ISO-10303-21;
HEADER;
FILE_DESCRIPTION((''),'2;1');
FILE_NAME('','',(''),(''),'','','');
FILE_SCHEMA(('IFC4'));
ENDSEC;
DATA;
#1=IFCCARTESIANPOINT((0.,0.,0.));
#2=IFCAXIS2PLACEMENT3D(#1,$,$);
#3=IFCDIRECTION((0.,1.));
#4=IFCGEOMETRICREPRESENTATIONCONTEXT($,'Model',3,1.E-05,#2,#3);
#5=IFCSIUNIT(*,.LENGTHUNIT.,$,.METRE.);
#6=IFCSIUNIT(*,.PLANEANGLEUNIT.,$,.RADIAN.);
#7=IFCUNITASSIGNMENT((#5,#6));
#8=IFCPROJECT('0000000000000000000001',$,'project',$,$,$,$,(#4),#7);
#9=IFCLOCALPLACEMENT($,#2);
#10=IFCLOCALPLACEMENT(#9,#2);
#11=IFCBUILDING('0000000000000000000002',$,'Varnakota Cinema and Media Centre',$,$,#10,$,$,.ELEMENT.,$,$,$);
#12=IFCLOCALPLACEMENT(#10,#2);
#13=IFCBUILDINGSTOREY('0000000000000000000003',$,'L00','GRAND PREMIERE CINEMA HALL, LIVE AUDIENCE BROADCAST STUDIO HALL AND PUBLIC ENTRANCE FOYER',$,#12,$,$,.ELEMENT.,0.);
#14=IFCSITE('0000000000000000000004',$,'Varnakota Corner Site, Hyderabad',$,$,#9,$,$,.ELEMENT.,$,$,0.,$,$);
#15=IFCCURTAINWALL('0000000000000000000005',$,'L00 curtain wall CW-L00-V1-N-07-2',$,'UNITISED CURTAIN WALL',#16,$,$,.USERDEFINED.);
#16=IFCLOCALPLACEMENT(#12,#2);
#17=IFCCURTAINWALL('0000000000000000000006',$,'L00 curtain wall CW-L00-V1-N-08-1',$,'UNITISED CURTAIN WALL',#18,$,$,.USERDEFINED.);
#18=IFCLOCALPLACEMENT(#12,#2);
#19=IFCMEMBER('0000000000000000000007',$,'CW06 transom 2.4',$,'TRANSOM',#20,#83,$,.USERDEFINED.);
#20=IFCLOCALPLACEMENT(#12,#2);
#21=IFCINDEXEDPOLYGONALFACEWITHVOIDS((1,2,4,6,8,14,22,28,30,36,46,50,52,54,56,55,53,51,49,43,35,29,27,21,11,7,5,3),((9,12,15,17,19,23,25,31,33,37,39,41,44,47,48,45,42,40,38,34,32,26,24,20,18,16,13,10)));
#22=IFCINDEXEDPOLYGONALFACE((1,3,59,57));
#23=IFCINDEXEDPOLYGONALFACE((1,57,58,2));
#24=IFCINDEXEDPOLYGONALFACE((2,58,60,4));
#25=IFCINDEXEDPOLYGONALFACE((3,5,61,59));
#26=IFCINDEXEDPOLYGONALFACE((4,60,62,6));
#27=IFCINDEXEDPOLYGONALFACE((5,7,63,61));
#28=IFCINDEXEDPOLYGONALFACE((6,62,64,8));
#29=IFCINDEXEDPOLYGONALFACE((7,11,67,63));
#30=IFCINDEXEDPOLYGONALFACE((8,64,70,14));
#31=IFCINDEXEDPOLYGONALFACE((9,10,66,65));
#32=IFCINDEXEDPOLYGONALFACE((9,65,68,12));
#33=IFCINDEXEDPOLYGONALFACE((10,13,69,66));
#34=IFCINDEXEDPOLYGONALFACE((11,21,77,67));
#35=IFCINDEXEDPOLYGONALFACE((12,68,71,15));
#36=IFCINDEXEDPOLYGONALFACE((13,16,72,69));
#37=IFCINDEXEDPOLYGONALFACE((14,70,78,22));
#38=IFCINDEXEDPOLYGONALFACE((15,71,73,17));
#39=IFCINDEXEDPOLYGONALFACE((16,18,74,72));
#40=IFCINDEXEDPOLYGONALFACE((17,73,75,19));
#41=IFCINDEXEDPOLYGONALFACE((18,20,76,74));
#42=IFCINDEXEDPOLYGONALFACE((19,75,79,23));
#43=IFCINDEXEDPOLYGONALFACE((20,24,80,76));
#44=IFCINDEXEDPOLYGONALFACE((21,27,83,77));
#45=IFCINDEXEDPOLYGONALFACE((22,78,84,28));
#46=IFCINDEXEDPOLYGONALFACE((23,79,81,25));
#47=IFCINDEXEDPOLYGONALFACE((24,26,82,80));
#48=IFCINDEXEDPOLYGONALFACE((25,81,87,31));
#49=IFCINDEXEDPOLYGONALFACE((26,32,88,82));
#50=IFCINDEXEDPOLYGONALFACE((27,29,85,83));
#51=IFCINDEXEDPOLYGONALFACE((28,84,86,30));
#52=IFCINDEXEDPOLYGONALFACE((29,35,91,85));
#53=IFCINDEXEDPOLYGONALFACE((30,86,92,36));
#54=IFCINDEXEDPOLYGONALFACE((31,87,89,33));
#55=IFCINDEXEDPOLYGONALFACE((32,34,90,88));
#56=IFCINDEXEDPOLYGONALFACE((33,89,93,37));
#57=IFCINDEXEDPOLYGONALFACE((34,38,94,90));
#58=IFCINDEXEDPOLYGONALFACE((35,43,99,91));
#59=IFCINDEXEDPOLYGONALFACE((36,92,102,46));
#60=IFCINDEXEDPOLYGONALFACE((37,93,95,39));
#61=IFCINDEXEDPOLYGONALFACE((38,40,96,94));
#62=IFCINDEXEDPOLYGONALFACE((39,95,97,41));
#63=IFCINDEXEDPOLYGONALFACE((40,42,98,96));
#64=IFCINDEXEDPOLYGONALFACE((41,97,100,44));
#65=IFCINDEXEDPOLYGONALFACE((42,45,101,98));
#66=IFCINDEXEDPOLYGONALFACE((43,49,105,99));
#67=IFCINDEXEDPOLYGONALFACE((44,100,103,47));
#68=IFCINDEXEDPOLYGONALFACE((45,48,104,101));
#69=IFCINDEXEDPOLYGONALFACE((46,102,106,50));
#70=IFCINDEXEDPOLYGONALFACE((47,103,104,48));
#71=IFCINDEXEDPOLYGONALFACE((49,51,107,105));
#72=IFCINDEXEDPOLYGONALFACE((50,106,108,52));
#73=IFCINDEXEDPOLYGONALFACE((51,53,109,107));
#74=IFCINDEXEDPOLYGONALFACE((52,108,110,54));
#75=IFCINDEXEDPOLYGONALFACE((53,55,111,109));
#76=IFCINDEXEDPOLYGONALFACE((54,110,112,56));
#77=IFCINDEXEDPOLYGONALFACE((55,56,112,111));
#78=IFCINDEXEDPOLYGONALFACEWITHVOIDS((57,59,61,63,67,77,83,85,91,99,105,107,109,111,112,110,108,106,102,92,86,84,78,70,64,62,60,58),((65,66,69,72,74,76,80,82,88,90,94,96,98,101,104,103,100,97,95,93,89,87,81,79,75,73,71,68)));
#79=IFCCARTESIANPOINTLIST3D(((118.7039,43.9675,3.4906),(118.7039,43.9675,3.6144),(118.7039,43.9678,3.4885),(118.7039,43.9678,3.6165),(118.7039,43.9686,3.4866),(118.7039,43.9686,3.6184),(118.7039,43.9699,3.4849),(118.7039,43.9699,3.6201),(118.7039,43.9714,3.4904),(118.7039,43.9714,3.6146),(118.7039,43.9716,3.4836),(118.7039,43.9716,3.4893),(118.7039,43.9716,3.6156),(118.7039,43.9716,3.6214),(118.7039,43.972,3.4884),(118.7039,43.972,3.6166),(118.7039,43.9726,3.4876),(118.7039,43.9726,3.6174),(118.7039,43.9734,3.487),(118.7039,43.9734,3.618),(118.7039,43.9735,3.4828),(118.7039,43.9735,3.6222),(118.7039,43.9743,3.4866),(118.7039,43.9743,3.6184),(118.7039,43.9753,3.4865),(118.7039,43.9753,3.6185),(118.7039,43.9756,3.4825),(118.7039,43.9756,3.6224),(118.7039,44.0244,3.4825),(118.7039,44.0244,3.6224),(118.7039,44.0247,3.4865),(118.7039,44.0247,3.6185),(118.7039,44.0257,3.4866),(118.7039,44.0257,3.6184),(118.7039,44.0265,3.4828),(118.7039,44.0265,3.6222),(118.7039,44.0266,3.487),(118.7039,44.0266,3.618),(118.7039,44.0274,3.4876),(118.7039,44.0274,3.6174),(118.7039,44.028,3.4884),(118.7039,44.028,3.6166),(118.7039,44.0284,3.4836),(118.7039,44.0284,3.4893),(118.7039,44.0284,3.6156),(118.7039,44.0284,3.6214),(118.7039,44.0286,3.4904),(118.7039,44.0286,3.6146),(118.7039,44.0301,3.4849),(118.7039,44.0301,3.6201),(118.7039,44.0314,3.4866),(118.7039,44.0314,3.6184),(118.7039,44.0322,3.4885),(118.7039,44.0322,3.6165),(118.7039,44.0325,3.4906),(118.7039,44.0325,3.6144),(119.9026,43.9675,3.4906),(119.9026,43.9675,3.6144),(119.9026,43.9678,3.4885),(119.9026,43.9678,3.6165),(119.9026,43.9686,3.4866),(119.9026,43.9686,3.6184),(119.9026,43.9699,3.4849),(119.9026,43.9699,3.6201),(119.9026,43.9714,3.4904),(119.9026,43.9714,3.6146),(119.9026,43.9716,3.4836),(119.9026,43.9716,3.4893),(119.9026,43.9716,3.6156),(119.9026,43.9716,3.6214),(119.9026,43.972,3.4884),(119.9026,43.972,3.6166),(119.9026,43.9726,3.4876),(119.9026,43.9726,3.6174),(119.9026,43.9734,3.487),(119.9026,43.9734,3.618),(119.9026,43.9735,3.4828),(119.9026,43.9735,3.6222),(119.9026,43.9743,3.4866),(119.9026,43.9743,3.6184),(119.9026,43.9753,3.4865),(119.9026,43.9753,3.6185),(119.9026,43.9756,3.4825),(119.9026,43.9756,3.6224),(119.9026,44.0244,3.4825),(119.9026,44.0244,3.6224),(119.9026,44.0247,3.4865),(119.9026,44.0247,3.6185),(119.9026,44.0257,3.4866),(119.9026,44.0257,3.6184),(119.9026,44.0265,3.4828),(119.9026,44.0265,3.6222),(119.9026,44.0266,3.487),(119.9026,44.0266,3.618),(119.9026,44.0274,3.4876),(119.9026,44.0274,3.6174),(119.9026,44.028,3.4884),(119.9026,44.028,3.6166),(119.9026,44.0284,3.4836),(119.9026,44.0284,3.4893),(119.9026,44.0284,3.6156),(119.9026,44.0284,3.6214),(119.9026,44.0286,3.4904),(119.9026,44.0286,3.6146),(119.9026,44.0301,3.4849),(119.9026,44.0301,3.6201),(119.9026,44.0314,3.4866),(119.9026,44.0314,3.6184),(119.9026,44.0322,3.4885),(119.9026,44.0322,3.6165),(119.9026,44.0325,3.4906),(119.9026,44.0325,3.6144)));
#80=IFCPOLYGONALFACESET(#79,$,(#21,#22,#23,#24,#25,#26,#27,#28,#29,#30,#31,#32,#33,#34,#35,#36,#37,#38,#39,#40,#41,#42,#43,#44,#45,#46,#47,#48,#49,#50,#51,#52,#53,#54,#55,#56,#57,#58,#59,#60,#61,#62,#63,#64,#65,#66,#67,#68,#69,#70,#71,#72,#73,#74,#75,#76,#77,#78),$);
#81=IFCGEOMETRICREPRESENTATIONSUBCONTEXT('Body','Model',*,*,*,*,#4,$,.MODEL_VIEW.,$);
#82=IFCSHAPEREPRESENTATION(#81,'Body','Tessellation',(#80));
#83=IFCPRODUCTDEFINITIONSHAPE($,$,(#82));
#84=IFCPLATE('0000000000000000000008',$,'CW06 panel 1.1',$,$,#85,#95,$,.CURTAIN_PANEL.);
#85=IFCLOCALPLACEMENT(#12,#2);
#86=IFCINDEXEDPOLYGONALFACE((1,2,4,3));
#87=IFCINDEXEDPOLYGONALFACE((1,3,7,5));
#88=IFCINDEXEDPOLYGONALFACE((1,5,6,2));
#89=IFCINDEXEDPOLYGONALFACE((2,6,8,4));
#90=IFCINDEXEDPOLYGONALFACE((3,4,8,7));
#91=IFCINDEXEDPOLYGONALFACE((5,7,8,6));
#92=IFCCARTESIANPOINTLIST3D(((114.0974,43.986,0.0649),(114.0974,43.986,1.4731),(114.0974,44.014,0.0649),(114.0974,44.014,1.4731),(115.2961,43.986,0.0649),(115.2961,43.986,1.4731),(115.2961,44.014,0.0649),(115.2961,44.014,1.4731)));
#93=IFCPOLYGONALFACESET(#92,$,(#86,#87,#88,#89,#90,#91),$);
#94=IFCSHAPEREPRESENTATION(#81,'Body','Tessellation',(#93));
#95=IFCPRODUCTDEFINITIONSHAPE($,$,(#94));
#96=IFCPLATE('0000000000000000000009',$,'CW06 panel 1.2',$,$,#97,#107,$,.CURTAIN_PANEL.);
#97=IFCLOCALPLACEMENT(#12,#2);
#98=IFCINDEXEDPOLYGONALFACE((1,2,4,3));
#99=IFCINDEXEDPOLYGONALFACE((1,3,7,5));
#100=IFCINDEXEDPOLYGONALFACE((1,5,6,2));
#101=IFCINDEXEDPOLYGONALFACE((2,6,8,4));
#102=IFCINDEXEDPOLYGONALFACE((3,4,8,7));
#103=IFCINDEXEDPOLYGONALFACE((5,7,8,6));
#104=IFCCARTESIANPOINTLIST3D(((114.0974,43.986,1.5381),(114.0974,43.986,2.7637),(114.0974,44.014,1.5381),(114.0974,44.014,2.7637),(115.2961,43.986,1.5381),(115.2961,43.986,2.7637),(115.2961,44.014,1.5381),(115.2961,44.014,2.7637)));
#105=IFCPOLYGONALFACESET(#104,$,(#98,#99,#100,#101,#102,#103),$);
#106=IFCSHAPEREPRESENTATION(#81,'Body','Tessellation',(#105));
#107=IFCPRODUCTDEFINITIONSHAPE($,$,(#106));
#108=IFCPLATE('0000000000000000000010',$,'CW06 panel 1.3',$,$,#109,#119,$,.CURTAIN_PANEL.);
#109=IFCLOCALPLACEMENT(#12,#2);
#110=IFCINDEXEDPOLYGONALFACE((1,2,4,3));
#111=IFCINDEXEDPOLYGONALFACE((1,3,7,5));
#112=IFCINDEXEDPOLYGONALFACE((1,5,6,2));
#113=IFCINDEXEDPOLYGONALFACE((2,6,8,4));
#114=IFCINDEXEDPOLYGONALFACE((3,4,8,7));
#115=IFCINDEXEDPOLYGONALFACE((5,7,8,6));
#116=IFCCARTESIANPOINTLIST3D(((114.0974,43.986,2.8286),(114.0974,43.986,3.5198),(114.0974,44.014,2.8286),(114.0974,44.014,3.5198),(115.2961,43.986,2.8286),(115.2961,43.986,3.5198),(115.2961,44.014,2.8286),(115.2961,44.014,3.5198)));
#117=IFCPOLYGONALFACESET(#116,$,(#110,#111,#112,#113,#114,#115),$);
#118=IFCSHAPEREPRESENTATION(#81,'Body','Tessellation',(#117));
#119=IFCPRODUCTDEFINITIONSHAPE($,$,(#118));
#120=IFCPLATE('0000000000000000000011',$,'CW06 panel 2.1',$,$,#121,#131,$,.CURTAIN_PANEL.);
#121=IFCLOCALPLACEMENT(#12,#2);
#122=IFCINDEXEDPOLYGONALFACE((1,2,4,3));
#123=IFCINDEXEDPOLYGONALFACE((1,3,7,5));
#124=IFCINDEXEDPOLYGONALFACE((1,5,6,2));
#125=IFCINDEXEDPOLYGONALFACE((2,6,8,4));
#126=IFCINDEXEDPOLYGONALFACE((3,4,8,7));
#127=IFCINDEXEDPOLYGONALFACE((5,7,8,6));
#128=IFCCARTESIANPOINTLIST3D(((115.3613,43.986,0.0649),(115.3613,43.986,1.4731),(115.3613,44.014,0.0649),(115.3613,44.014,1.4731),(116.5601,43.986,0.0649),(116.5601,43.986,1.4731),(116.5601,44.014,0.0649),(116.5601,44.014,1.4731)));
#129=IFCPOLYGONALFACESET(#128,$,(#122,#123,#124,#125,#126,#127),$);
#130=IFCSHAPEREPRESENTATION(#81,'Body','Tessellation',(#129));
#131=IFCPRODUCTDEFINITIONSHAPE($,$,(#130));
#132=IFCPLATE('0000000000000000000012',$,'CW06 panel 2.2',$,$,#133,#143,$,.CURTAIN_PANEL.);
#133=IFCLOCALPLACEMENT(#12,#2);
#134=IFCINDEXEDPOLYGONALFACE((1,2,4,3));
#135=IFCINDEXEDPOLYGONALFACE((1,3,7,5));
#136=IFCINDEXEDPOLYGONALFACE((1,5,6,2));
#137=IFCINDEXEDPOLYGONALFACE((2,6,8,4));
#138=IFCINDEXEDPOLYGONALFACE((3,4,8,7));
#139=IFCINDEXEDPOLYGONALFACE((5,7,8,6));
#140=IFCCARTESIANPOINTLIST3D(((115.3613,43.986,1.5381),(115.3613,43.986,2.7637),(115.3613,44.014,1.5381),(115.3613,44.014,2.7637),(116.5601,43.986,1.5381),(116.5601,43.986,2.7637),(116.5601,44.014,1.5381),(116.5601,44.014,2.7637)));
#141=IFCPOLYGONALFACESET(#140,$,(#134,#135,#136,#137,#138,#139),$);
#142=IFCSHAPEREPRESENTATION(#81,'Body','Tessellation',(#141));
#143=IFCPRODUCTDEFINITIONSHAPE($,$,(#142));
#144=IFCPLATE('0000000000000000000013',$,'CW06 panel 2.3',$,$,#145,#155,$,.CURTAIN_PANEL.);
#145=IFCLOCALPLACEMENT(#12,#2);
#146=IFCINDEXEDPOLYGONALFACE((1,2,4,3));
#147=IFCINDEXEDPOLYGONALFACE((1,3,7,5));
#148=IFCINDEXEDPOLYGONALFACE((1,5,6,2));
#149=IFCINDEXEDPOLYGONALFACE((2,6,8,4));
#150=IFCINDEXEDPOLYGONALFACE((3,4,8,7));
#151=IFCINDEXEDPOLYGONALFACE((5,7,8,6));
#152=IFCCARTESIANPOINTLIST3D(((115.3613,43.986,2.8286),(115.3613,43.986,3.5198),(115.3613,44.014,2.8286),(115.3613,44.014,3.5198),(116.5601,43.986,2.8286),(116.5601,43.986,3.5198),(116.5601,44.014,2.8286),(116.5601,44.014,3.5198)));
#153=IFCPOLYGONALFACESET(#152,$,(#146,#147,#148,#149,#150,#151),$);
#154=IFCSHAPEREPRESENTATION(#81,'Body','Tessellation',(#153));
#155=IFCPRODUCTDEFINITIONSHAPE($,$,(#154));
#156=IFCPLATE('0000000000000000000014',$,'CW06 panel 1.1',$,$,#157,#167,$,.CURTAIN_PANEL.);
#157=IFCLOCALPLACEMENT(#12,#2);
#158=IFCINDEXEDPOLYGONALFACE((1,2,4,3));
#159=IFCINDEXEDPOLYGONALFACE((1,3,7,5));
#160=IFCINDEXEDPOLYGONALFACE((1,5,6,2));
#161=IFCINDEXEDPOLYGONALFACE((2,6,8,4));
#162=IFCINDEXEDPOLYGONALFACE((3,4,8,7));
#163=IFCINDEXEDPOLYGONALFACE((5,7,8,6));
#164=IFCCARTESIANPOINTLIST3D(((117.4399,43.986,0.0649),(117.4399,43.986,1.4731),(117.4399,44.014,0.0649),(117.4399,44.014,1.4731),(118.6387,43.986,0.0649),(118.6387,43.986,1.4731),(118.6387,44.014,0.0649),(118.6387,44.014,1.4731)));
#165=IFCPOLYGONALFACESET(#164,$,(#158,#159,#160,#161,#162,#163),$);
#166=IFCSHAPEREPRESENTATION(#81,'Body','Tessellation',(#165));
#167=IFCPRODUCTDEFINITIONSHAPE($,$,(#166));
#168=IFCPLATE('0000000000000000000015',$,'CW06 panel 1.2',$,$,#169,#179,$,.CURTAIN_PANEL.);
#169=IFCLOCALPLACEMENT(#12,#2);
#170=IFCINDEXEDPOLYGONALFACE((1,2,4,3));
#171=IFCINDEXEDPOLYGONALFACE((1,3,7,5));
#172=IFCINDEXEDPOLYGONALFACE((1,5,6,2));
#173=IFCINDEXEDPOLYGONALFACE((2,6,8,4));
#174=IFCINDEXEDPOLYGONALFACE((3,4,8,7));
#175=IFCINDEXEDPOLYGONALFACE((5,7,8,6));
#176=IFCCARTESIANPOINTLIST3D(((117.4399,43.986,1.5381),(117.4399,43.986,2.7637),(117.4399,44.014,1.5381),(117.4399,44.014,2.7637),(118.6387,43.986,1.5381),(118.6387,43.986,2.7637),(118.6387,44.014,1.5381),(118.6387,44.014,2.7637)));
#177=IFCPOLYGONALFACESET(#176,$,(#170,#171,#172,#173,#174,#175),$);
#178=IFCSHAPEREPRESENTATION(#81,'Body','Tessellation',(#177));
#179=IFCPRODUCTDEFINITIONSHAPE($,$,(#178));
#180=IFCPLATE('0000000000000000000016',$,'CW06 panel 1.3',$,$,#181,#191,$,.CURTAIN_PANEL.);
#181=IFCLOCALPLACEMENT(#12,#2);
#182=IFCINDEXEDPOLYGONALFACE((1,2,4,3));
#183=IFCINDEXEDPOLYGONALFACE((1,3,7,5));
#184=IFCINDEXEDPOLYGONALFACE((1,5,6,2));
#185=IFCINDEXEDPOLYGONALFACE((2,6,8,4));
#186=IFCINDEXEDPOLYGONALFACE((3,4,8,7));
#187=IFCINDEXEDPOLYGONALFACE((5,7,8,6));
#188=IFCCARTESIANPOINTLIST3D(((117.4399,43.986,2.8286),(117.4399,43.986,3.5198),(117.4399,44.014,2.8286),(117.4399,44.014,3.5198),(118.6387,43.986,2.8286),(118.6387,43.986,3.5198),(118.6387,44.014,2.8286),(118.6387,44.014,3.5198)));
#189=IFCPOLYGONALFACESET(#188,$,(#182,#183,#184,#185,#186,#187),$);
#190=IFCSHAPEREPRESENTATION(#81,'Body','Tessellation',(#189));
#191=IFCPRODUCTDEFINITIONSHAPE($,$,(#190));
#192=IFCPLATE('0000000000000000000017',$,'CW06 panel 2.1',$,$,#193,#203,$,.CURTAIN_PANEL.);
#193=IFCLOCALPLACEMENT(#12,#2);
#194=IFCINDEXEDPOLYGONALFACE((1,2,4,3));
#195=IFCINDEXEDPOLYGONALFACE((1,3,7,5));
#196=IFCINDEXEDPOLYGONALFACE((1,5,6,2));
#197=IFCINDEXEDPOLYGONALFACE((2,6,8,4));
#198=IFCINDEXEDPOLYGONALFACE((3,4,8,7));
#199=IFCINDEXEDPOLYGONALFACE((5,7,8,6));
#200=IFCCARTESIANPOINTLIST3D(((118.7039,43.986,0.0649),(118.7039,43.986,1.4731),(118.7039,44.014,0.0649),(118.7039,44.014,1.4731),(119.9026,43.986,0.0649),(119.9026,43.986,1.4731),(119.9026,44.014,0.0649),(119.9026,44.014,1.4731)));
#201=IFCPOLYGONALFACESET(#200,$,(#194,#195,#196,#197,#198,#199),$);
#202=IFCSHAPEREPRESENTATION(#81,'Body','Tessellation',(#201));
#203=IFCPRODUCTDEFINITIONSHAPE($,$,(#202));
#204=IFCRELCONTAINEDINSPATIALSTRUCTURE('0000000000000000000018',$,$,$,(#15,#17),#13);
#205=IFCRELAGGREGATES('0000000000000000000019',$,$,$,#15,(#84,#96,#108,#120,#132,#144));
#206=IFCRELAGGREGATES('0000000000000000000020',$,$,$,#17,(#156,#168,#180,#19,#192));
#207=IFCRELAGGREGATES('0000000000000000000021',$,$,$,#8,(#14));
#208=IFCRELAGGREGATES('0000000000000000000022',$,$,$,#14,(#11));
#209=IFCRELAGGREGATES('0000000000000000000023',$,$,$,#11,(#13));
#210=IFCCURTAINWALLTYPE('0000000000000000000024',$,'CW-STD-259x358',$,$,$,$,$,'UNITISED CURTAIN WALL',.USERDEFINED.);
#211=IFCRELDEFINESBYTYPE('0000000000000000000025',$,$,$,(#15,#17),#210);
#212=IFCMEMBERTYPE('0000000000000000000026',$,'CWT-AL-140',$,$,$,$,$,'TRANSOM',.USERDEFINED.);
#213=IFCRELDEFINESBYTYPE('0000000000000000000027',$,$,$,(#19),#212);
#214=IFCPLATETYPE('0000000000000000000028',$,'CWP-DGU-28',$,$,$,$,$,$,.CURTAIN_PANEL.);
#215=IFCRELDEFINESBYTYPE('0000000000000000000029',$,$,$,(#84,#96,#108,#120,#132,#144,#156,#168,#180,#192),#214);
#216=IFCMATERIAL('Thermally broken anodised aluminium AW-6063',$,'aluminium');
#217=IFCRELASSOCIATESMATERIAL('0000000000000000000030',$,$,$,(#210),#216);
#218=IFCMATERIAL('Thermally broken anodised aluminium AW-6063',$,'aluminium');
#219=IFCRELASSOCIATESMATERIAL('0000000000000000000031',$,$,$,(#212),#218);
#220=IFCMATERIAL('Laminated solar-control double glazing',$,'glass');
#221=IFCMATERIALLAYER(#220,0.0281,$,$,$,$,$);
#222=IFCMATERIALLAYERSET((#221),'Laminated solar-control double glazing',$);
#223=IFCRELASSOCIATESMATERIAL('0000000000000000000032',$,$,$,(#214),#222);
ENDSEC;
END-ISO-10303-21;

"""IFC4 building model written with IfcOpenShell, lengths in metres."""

from ifc_helpers import new_model, si_unit, direction, frame, origin, origin_2d, place, context, subcontext, project, spatial, rectangle, hollow_rectangle, extrude, material, layer, layer_set, material_profile, profile_set, type_object, element, aggregate, save


model = new_model("IFC4")

# Units and contexts
model_context = context("Model", 3, precision=1e-05, world=origin(), true_north=direction((0.0, 1.0)))
body_context = subcontext(model_context, "Body", "Model", "MODEL_VIEW")
ifc_project = project(units=[si_unit("LENGTHUNIT", "METRE"), si_unit("PLANEANGLEUNIT", "RADIAN")], contexts=[model_context])

# Site, building, storey
site_placement = place(None, origin())
site = spatial("IfcSite", under=ifc_project, at=site_placement, Name="Varnakota Corner Site, Hyderabad", CompositionType="ELEMENT", RefElevation=0.0)
building_placement = place(site_placement, origin())
building = spatial("IfcBuilding", under=site, at=building_placement, Name="Varnakota Cinema and Media Centre", CompositionType="ELEMENT")
storey_placement = place(building_placement, origin())
storey = spatial("IfcBuildingStorey", under=building, at=storey_placement, Name="L00", Description="GRAND PREMIERE CINEMA HALL, LIVE AUDIENCE BROADCAST STUDIO HALL AND PUBLIC ENTRANCE FOYER", CompositionType="ELEMENT", Elevation=0.0)

# Curtain walls
ifc_material_1 = material(Name="Thermally broken anodised aluminium AW-6063", Category="aluminium")
curtain_wall_type = type_object("IfcCurtainWallType", Name="CW-STD-259x358", ElementType="UNITISED CURTAIN WALL", PredefinedType="USERDEFINED", material=ifc_material_1)
curtain_wall_1_placement = place(storey_placement, origin())
curtain_wall_1 = element("IfcCurtainWall", 1, at=curtain_wall_1_placement, inside=storey, type_object=curtain_wall_type, Name="L00 curtain wall CW-L00-V1-N-07-2", ObjectType="UNITISED CURTAIN WALL", PredefinedType="USERDEFINED")
curtain_wall_2_placement = place(storey_placement, origin())
curtain_wall_2 = element("IfcCurtainWall", 2, at=curtain_wall_2_placement, inside=storey, type_object=curtain_wall_type, Name="L00 curtain wall CW-L00-V1-N-08-1", ObjectType="UNITISED CURTAIN WALL", PredefinedType="USERDEFINED")

# Member
ifc_material_2 = material(Name="Thermally broken anodised aluminium AW-6063", Category="aluminium")
ifc_material_profile_1 = material_profile(ifc_material_2, hollow_rectangle(XDim=0.0649, YDim=0.1399, WallThickness=0.0039, InnerFilletRadius=0.0039, OuterFilletRadius=0.0081, at=origin_2d()), Name="AL-TRANSOM 140x65x4")
ifc_profile_set_1 = profile_set([ifc_material_profile_1], Name="Thermally broken anodised aluminium AW-6063")
member_type_1 = type_object("IfcMemberType", Name="CWT-AL-140", ElementType="TRANSOM", PredefinedType="USERDEFINED", material=ifc_profile_set_1)
member_1_placement = place(storey_placement, frame((118.7039, 44.0, 3.5525), z_axis=(1.0, 0.0, 0.0), x_axis=(0.0, 1.0, 0.0)))
member_1 = element("IfcMember", 3, at=member_1_placement, type_object=member_type_1, Name="CW06 transom 2.4", ObjectType="TRANSOM", PredefinedType="USERDEFINED", context=body_context, shape_type="SweptSolid", body=[
    extrude(hollow_rectangle(XDim=0.0649, YDim=0.1399, WallThickness=0.0039, InnerFilletRadius=0.0039, OuterFilletRadius=0.0081, at=origin_2d()), origin(), (0.0, 0.0, 1.0), 1.1987),
])

# Plates
ifc_material_3 = material(Name="Laminated solar-control double glazing", Category="glass")
ifc_layer = layer(ifc_material_3, 0.0281)
ifc_layer_set = layer_set([ifc_layer], Name="Laminated solar-control double glazing")
plate_type = type_object("IfcPlateType", Name="CWP-DGU-28", PredefinedType="CURTAIN_PANEL", material=ifc_layer_set)
plate_1_placement = place(storey_placement, frame((114.6968, 44.0, 0.0649), z_axis=(0.0, 0.0, 1.0), x_axis=(1.0, 0.0, 0.0)))
plate_1 = element("IfcPlate", 4, at=plate_1_placement, type_object=plate_type, Name="CW06 panel 1.1", PredefinedType="CURTAIN_PANEL", context=body_context, shape_type="SweptSolid", body=[
    extrude(rectangle(XDim=1.1987, YDim=0.0281, at=origin_2d()), origin(), (0.0, 0.0, 1.0), 1.4082),
])
plate_2_placement = place(storey_placement, frame((114.6968, 44.0, 1.5381), z_axis=(0.0, 0.0, 1.0), x_axis=(1.0, 0.0, 0.0)))
plate_2 = element("IfcPlate", 5, at=plate_2_placement, type_object=plate_type, Name="CW06 panel 1.2", PredefinedType="CURTAIN_PANEL", context=body_context, shape_type="SweptSolid", body=[
    extrude(rectangle(XDim=1.1987, YDim=0.0281, at=origin_2d()), origin(), (0.0, 0.0, 1.0), 1.2256),
])
plate_3_placement = place(storey_placement, frame((114.6968, 44.0, 2.8286), z_axis=(0.0, 0.0, 1.0), x_axis=(1.0, 0.0, 0.0)))
plate_3 = element("IfcPlate", 6, at=plate_3_placement, type_object=plate_type, Name="CW06 panel 1.3", PredefinedType="CURTAIN_PANEL", context=body_context, shape_type="SweptSolid", body=[
    extrude(rectangle(XDim=1.1987, YDim=0.0281, at=origin_2d()), origin(), (0.0, 0.0, 1.0), 0.6912),
])
plate_4_placement = place(storey_placement, frame((115.9607, 44.0, 0.0649), z_axis=(0.0, 0.0, 1.0), x_axis=(1.0, 0.0, 0.0)))
plate_4 = element("IfcPlate", 7, at=plate_4_placement, type_object=plate_type, Name="CW06 panel 2.1", PredefinedType="CURTAIN_PANEL", context=body_context, shape_type="SweptSolid", body=[
    extrude(rectangle(XDim=1.1987, YDim=0.0281, at=origin_2d()), origin(), (0.0, 0.0, 1.0), 1.4082),
])
plate_5_placement = place(storey_placement, frame((115.9607, 44.0, 1.5381), z_axis=(0.0, 0.0, 1.0), x_axis=(1.0, 0.0, 0.0)))
plate_5 = element("IfcPlate", 8, at=plate_5_placement, type_object=plate_type, Name="CW06 panel 2.2", PredefinedType="CURTAIN_PANEL", context=body_context, shape_type="SweptSolid", body=[
    extrude(rectangle(XDim=1.1987, YDim=0.0281, at=origin_2d()), origin(), (0.0, 0.0, 1.0), 1.2256),
])
plate_6_placement = place(storey_placement, frame((115.9607, 44.0, 2.8286), z_axis=(0.0, 0.0, 1.0), x_axis=(1.0, 0.0, 0.0)))
plate_6 = element("IfcPlate", 9, at=plate_6_placement, type_object=plate_type, Name="CW06 panel 2.3", PredefinedType="CURTAIN_PANEL", context=body_context, shape_type="SweptSolid", body=[
    extrude(rectangle(XDim=1.1987, YDim=0.0281, at=origin_2d()), origin(), (0.0, 0.0, 1.0), 0.6912),
])
aggregate(curtain_wall_1, [plate_1, plate_2, plate_3, plate_4, plate_5, plate_6])
plate_7_placement = place(storey_placement, frame((118.0393, 44.0, 0.0649), z_axis=(0.0, 0.0, 1.0), x_axis=(1.0, 0.0, 0.0)))
plate_7 = element("IfcPlate", 10, at=plate_7_placement, type_object=plate_type, Name="CW06 panel 1.1", PredefinedType="CURTAIN_PANEL", context=body_context, shape_type="SweptSolid", body=[
    extrude(rectangle(XDim=1.1987, YDim=0.0281, at=origin_2d()), origin(), (0.0, 0.0, 1.0), 1.4082),
])
plate_8_placement = place(storey_placement, frame((118.0393, 44.0, 1.5381), z_axis=(0.0, 0.0, 1.0), x_axis=(1.0, 0.0, 0.0)))
plate_8 = element("IfcPlate", 11, at=plate_8_placement, type_object=plate_type, Name="CW06 panel 1.2", PredefinedType="CURTAIN_PANEL", context=body_context, shape_type="SweptSolid", body=[
    extrude(rectangle(XDim=1.1987, YDim=0.0281, at=origin_2d()), origin(), (0.0, 0.0, 1.0), 1.2256),
])
plate_9_placement = place(storey_placement, frame((118.0393, 44.0, 2.8286), z_axis=(0.0, 0.0, 1.0), x_axis=(1.0, 0.0, 0.0)))
plate_9 = element("IfcPlate", 12, at=plate_9_placement, type_object=plate_type, Name="CW06 panel 1.3", PredefinedType="CURTAIN_PANEL", context=body_context, shape_type="SweptSolid", body=[
    extrude(rectangle(XDim=1.1987, YDim=0.0281, at=origin_2d()), origin(), (0.0, 0.0, 1.0), 0.6912),
])
plate_10_placement = place(storey_placement, frame((119.3032, 44.0, 0.0649), z_axis=(0.0, 0.0, 1.0), x_axis=(1.0, 0.0, 0.0)))
plate_10 = element("IfcPlate", 13, at=plate_10_placement, type_object=plate_type, Name="CW06 panel 2.1", PredefinedType="CURTAIN_PANEL", context=body_context, shape_type="SweptSolid", body=[
    extrude(rectangle(XDim=1.1987, YDim=0.0281, at=origin_2d()), origin(), (0.0, 0.0, 1.0), 1.4082),
])
aggregate(curtain_wall_2, [plate_7, plate_8, plate_9, member_1, plate_10])

save(model, "model.ifc")
